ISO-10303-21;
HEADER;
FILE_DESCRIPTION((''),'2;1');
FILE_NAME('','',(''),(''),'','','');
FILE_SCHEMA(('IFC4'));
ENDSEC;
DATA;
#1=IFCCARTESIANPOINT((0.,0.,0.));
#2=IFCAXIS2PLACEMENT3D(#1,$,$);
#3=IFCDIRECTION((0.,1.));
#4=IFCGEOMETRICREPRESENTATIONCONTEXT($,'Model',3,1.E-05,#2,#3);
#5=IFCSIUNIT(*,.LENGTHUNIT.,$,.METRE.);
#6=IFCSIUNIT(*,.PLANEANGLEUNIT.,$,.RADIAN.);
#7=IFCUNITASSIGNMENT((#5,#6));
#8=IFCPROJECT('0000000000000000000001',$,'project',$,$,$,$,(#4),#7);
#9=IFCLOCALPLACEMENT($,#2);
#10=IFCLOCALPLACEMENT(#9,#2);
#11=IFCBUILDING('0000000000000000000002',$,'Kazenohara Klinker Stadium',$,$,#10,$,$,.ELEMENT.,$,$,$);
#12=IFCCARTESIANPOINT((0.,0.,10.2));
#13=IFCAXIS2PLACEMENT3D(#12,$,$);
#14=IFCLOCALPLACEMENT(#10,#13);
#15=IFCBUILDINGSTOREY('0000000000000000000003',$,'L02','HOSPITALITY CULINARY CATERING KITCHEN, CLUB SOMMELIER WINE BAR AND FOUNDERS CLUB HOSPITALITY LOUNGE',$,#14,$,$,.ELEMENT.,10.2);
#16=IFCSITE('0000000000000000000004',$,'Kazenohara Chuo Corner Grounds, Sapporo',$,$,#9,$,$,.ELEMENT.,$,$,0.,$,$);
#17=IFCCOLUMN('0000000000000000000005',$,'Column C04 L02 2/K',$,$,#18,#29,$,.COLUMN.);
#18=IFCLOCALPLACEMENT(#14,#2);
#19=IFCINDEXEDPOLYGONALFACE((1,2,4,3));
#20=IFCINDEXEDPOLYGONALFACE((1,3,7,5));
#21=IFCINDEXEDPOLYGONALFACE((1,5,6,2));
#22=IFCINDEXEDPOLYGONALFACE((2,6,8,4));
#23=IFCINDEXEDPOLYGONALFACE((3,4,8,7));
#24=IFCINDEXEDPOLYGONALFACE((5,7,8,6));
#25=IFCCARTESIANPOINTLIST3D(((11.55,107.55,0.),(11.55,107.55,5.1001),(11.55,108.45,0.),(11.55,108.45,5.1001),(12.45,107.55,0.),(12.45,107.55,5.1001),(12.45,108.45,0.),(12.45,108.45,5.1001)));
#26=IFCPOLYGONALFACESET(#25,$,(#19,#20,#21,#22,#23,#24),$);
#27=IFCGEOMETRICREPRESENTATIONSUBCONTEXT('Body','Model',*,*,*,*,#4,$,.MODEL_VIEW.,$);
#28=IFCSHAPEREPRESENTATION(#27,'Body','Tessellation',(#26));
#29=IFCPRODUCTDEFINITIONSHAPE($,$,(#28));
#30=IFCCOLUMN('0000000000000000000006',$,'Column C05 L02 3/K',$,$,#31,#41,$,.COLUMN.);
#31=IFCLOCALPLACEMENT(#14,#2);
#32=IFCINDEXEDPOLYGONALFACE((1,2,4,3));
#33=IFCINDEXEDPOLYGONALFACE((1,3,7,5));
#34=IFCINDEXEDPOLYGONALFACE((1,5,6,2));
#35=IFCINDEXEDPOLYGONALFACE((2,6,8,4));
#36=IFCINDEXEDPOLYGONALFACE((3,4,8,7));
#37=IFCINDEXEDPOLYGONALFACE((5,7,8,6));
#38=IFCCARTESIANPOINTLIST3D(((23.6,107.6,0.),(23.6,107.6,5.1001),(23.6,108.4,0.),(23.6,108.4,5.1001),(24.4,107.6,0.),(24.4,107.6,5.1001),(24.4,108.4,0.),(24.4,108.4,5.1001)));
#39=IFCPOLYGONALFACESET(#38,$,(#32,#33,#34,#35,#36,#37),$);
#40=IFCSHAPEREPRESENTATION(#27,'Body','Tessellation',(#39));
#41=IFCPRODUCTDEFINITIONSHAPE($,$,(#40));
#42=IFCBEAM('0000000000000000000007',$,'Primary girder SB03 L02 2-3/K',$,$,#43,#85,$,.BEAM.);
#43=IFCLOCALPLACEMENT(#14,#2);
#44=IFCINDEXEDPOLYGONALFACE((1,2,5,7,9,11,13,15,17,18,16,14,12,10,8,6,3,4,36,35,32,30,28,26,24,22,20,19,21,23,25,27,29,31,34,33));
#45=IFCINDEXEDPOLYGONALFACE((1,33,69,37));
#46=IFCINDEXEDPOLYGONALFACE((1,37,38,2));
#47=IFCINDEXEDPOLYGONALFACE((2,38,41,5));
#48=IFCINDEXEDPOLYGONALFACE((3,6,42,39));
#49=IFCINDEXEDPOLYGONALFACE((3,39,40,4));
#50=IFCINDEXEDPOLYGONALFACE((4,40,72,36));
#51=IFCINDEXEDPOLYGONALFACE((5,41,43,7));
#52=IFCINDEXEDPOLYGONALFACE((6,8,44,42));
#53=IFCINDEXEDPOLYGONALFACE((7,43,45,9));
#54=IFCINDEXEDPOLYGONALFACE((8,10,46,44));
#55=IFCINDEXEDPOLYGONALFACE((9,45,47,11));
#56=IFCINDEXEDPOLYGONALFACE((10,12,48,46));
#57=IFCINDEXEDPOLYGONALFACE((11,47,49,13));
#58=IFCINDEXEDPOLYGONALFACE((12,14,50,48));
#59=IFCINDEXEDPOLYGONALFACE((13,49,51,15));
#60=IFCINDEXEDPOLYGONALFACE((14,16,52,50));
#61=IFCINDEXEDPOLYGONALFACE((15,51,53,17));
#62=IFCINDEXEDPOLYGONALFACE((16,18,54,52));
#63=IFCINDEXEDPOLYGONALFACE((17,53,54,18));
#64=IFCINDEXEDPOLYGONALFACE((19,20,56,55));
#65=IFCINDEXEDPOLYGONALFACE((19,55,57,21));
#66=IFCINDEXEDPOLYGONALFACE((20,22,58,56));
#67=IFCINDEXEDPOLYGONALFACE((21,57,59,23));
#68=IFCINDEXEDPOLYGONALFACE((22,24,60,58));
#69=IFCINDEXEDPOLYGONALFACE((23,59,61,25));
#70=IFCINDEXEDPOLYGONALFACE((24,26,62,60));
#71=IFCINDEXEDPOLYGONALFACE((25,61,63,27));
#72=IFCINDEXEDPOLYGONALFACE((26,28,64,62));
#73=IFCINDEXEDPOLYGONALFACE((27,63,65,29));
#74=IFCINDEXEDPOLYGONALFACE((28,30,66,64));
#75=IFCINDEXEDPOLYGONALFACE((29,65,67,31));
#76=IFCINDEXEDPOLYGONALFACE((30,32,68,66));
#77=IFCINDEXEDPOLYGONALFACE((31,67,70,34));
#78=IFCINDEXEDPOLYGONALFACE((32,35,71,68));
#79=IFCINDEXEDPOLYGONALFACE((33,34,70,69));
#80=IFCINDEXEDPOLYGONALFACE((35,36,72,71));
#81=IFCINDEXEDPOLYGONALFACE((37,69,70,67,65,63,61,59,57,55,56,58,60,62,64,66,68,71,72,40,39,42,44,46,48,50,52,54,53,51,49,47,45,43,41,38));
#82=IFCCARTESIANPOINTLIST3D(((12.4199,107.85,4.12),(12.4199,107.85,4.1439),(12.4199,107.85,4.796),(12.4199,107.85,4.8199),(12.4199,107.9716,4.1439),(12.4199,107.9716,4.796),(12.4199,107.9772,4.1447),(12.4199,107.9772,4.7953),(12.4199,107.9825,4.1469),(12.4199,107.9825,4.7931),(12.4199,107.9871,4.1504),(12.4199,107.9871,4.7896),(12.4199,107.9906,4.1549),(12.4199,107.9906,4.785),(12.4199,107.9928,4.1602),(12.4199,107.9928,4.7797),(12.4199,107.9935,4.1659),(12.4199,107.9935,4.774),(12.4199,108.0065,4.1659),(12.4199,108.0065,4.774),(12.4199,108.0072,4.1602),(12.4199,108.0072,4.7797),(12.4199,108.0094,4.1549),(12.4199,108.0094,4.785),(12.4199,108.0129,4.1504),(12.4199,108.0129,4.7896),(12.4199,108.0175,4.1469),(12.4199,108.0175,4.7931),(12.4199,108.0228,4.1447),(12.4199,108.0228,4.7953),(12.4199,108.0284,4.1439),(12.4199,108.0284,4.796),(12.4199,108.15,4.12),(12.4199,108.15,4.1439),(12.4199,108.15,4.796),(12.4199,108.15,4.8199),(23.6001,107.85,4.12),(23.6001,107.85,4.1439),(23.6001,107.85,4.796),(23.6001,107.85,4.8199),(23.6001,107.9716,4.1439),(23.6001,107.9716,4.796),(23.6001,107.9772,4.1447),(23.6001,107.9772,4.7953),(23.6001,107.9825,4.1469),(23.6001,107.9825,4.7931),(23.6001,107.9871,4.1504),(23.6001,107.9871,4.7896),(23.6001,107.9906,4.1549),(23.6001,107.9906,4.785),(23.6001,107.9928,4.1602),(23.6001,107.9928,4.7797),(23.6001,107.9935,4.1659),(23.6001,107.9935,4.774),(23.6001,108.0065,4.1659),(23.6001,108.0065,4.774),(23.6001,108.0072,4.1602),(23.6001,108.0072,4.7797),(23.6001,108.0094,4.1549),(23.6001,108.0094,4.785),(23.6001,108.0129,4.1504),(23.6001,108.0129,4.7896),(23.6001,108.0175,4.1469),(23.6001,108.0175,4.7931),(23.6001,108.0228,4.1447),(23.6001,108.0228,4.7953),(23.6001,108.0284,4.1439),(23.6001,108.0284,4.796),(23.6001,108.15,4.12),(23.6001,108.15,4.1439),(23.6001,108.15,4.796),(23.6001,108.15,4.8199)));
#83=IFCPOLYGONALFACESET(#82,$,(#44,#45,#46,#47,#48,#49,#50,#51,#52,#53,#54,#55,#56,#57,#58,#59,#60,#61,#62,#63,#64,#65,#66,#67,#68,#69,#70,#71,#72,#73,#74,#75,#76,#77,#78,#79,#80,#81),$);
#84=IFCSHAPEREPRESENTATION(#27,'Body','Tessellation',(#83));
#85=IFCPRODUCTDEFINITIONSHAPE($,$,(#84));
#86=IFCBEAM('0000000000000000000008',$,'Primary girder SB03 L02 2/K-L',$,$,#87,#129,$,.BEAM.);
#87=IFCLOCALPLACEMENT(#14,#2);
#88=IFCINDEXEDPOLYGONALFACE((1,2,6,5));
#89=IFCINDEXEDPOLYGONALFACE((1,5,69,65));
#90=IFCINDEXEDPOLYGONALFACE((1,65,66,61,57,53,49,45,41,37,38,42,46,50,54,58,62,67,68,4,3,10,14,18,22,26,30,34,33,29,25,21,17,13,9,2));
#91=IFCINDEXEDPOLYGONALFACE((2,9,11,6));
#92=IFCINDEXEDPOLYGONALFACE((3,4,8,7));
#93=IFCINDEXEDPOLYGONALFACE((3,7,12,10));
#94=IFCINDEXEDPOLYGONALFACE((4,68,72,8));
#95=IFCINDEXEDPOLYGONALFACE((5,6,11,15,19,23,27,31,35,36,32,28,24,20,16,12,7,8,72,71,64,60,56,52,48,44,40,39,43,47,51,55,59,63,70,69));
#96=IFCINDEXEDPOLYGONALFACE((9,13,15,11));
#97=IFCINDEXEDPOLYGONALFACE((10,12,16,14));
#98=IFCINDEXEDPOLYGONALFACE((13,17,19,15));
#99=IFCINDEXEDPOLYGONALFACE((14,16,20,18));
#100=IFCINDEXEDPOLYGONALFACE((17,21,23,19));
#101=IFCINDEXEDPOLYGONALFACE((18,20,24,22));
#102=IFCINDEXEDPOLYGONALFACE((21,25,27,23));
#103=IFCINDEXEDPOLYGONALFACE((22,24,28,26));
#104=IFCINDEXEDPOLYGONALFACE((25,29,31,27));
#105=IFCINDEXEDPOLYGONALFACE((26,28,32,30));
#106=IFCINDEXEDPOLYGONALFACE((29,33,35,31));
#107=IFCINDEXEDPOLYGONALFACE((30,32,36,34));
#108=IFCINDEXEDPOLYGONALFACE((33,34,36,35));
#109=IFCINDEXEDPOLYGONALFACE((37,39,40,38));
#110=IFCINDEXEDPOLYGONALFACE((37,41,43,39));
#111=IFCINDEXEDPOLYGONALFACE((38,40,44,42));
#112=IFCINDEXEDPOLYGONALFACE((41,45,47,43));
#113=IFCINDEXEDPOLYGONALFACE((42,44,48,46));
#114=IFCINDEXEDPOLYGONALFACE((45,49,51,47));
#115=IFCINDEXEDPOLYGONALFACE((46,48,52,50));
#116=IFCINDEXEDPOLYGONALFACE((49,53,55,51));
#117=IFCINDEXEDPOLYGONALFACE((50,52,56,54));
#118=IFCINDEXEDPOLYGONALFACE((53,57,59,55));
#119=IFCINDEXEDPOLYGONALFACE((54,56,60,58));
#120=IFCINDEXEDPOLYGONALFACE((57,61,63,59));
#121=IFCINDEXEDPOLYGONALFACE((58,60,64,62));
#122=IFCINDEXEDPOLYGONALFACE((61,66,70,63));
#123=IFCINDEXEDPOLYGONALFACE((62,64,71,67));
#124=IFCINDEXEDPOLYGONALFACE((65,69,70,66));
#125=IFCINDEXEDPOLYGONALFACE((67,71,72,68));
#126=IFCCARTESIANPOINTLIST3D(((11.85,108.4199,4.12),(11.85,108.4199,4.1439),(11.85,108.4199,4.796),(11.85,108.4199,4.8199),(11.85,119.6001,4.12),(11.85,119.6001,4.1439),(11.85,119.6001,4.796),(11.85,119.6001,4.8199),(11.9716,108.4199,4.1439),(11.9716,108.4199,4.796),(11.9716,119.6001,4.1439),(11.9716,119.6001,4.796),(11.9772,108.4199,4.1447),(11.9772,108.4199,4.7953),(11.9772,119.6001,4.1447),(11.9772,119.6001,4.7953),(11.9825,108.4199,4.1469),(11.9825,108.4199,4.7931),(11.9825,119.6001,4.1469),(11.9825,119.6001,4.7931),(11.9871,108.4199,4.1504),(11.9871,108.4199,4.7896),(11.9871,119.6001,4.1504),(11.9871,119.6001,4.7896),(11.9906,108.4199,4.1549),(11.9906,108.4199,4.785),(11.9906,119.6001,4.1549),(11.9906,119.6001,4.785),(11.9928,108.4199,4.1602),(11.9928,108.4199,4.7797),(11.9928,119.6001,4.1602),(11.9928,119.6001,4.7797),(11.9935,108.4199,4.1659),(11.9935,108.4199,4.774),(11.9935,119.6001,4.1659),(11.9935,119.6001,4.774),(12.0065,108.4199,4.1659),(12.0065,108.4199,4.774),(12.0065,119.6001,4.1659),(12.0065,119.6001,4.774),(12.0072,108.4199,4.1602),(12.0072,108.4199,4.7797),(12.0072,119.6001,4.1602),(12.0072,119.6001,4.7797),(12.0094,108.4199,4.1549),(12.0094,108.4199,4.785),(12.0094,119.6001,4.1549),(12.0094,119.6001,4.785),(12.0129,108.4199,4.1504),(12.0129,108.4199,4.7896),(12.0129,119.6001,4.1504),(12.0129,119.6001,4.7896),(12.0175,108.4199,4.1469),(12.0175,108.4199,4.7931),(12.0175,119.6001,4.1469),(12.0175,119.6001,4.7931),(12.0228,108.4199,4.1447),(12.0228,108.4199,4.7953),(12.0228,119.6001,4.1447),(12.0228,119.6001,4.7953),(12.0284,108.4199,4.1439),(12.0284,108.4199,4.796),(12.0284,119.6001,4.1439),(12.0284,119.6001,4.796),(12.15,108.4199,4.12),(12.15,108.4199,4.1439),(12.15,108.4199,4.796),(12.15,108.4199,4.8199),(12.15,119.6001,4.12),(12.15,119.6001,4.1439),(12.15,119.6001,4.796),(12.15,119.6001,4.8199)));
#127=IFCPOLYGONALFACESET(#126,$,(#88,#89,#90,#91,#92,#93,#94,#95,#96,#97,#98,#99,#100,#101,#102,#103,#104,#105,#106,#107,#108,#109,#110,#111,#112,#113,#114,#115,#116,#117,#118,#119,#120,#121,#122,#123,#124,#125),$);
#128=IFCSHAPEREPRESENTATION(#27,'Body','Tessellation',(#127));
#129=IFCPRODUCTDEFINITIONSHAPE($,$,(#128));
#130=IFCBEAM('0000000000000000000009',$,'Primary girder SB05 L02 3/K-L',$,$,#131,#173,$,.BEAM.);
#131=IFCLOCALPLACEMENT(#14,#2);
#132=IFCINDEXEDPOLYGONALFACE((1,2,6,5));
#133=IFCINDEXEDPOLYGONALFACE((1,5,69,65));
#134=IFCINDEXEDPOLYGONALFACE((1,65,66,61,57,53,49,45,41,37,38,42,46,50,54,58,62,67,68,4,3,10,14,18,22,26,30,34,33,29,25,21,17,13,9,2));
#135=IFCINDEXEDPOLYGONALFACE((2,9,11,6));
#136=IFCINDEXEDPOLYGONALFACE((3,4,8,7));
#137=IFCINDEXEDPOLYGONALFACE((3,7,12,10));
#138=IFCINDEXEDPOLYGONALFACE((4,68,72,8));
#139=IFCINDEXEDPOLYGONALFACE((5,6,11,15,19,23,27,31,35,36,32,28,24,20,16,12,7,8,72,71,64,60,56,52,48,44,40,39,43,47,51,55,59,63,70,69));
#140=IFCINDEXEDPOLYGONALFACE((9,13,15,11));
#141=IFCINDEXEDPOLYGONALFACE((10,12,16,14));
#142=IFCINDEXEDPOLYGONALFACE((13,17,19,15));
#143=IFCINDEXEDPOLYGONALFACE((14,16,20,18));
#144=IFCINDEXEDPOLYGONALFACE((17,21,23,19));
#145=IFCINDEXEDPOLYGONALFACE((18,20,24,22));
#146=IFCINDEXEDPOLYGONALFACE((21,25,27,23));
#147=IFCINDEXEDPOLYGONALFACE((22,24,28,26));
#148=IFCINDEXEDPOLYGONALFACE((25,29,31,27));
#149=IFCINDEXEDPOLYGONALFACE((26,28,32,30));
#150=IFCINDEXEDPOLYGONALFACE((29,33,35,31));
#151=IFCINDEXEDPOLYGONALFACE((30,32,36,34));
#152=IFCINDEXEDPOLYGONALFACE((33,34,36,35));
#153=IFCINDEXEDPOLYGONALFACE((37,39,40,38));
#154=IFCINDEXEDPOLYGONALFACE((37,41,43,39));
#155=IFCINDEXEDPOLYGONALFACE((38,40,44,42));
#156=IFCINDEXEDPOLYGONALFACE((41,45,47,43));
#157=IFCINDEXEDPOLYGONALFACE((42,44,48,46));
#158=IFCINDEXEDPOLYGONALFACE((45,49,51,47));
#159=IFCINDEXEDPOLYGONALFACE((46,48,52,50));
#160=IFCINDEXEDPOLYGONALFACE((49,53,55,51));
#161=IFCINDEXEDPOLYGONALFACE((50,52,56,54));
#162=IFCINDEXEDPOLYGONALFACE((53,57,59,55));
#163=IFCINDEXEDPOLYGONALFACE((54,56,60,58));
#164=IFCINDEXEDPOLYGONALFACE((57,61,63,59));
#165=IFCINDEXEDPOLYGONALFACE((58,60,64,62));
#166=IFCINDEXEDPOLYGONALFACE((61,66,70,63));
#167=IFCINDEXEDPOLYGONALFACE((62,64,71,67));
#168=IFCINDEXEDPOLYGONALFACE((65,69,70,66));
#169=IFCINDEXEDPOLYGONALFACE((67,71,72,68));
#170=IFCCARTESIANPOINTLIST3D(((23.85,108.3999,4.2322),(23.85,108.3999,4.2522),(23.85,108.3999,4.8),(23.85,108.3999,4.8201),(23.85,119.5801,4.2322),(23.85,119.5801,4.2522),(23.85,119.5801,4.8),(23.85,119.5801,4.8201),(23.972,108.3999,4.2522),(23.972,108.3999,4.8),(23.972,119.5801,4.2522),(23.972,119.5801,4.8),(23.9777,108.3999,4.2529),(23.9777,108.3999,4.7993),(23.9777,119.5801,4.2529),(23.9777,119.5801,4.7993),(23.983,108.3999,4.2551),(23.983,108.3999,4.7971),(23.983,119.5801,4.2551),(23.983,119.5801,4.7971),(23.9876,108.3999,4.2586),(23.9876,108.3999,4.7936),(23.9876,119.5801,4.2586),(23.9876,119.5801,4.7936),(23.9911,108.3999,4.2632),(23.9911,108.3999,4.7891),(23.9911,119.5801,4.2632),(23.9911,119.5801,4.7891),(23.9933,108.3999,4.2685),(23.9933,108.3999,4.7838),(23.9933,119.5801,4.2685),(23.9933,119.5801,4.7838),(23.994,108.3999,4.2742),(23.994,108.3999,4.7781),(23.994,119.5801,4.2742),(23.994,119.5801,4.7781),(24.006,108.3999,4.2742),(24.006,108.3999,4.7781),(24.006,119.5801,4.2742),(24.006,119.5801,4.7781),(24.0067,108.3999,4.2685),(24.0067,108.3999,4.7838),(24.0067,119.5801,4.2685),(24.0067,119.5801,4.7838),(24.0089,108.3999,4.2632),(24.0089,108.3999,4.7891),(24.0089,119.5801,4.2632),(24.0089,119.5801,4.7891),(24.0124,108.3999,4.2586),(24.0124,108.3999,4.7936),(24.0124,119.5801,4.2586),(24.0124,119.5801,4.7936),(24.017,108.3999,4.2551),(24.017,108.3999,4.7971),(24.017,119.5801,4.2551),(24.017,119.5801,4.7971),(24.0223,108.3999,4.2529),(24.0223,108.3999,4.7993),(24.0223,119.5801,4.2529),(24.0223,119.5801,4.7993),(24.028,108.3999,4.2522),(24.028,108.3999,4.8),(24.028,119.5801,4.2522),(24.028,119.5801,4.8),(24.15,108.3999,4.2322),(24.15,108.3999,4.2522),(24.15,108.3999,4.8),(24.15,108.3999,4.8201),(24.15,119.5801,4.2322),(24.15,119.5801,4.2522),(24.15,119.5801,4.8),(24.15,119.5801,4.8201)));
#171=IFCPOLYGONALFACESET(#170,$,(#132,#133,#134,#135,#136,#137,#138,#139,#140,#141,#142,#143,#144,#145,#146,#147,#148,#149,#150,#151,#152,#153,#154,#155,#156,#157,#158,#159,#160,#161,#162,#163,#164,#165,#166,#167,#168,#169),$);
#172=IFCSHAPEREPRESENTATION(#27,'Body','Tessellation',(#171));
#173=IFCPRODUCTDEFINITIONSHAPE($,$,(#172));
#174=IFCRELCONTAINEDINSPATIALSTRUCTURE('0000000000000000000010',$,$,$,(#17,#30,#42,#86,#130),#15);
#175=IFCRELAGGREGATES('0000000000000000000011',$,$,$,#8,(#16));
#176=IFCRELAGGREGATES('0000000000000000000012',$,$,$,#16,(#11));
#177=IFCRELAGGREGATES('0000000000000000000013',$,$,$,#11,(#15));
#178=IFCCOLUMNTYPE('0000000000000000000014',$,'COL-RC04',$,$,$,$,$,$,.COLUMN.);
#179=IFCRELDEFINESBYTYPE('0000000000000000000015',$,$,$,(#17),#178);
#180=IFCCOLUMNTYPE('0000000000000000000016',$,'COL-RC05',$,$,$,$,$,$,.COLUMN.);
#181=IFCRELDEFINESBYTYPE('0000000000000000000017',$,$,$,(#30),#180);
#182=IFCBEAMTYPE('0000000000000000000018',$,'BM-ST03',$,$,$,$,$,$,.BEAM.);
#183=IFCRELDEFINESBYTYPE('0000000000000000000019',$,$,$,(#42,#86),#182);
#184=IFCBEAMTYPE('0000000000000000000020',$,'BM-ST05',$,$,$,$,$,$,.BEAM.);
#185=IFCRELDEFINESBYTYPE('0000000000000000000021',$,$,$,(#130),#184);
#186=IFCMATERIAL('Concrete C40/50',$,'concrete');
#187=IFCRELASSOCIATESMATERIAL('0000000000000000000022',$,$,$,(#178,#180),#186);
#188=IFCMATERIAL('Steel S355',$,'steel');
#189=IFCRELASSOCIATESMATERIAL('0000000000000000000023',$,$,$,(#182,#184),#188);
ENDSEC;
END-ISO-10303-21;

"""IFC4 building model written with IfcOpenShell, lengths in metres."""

from ifc_helpers import new_model, si_unit, direction, frame, origin, origin_2d, place, context, subcontext, project, spatial, rectangle, i_section, extrude, material, material_profile, profile_set, type_object, element, save


model = new_model("IFC4")

# Units and contexts
model_context = context("Model", 3, precision=1e-05, world=origin(), true_north=direction((0.0, 1.0)))
body_context = subcontext(model_context, "Body", "Model", "MODEL_VIEW")
ifc_project = project(units=[si_unit("LENGTHUNIT", "METRE"), si_unit("PLANEANGLEUNIT", "RADIAN")], contexts=[model_context])

# Site, building, storey
site_placement = place(None, origin())
site = spatial("IfcSite", under=ifc_project, at=site_placement, Name="Kazenohara Chuo Corner Grounds, Sapporo", CompositionType="ELEMENT", RefElevation=0.0)
building_placement = place(site_placement, origin())
building = spatial("IfcBuilding", under=site, at=building_placement, Name="Kazenohara Klinker Stadium", CompositionType="ELEMENT")
storey_placement = place(building_placement, frame((0.0, 0.0, 10.2)))
storey = spatial("IfcBuildingStorey", under=building, at=storey_placement, Name="L02", Description="HOSPITALITY CULINARY CATERING KITCHEN, CLUB SOMMELIER WINE BAR AND FOUNDERS CLUB HOSPITALITY LOUNGE", CompositionType="ELEMENT", Elevation=10.2)

# Columns
ifc_material_1 = material(Name="Concrete C40/50", Category="concrete")
ifc_material_profile_1 = material_profile(ifc_material_1, rectangle(XDim=0.8999, YDim=0.8999, at=origin_2d()), Name="RC-COL-900x900")
ifc_profile_set_1 = profile_set([ifc_material_profile_1], Name="Concrete C40/50")
column_type_1 = type_object("IfcColumnType", Name="COL-RC04", PredefinedType="COLUMN", material=ifc_profile_set_1)
column_1_placement = place(storey_placement, frame((12.0, 108.0, 0.0), z_axis=(0.0, 0.0, 1.0), x_axis=(1.0, 0.0, 0.0)))
element("IfcColumn", 1, at=column_1_placement, inside=storey, type_object=column_type_1, Name="Column C04 L02 2/K", PredefinedType="COLUMN", context=body_context, shape_type="SweptSolid", body=[
    extrude(rectangle(XDim=0.8999, YDim=0.8999, at=origin_2d()), origin(), (0.0, 0.0, 1.0), 5.1001),
])
ifc_material_profile_2 = material_profile(ifc_material_1, rectangle(XDim=0.8, YDim=0.8, at=origin_2d()), Name="RC-COL-800x800")
ifc_profile_set_2 = profile_set([ifc_material_profile_2], Name="Concrete C40/50")
column_type_2 = type_object("IfcColumnType", Name="COL-RC05", PredefinedType="COLUMN", material=ifc_profile_set_2)
column_2_placement = place(storey_placement, frame((24.0, 108.0, 0.0), z_axis=(0.0, 0.0, 1.0), x_axis=(1.0, 0.0, 0.0)))
element("IfcColumn", 2, at=column_2_placement, inside=storey, type_object=column_type_2, Name="Column C05 L02 3/K", PredefinedType="COLUMN", context=body_context, shape_type="SweptSolid", body=[
    extrude(rectangle(XDim=0.8, YDim=0.8, at=origin_2d()), origin(), (0.0, 0.0, 1.0), 5.1001),
])

# Beams
ifc_material_2 = material(Name="Steel S355", Category="steel")
ifc_material_profile_3 = material_profile(ifc_material_2, i_section(OverallWidth=0.3, OverallDepth=0.7, WebThickness=0.0129, FlangeThickness=0.0239, FilletRadius=0.022, at=origin_2d()), Name="H-700x300x13x24")
ifc_profile_set_3 = profile_set([ifc_material_profile_3], Name="Steel S355")
beam_type_1 = type_object("IfcBeamType", Name="BM-ST03", PredefinedType="BEAM", material=ifc_profile_set_3)
for number, where, z_axis, x_axis, name in (
    (3, (12.4199, 108.0, 4.47), (1.0, 0.0, 0.0), (0.0, 1.0, 0.0), "Primary girder SB03 L02 2-3/K"),
    (4, (12.0, 108.4199, 4.47), (0.0, 1.0, 0.0), (-1.0, 0.0, 0.0), "Primary girder SB03 L02 2/K-L"),
):
    element("IfcBeam", number, at=place(storey_placement, frame(where, z_axis=z_axis, x_axis=x_axis)), inside=storey, type_object=beam_type_1, Name=name, PredefinedType="BEAM", context=body_context, shape_type="SweptSolid", body=[
        extrude(i_section(OverallWidth=0.3, OverallDepth=0.7, WebThickness=0.0129, FlangeThickness=0.0239, FilletRadius=0.022, at=origin_2d()), origin(), (0.0, 0.0, 1.0), 11.1802),
    ])
ifc_material_profile_4 = material_profile(ifc_material_2, i_section(OverallWidth=0.3, OverallDepth=0.5879, WebThickness=0.012, FlangeThickness=0.02, FilletRadius=0.022, at=origin_2d()), Name="H-588x300x12x20")
ifc_profile_set_4 = profile_set([ifc_material_profile_4], Name="Steel S355")
beam_type_2 = type_object("IfcBeamType", Name="BM-ST05", PredefinedType="BEAM", material=ifc_profile_set_4)
beam_placement = place(storey_placement, frame((24.0, 108.3999, 4.5261), z_axis=(0.0, 1.0, 0.0), x_axis=(-1.0, 0.0, 0.0)))
element("IfcBeam", 5, at=beam_placement, inside=storey, type_object=beam_type_2, Name="Primary girder SB05 L02 3/K-L", PredefinedType="BEAM", context=body_context, shape_type="SweptSolid", body=[
    extrude(i_section(OverallWidth=0.3, OverallDepth=0.5879, WebThickness=0.012, FlangeThickness=0.02, FilletRadius=0.022, at=origin_2d()), origin(), (0.0, 0.0, 1.0), 11.1802),
])

save(model, "model.ifc")
